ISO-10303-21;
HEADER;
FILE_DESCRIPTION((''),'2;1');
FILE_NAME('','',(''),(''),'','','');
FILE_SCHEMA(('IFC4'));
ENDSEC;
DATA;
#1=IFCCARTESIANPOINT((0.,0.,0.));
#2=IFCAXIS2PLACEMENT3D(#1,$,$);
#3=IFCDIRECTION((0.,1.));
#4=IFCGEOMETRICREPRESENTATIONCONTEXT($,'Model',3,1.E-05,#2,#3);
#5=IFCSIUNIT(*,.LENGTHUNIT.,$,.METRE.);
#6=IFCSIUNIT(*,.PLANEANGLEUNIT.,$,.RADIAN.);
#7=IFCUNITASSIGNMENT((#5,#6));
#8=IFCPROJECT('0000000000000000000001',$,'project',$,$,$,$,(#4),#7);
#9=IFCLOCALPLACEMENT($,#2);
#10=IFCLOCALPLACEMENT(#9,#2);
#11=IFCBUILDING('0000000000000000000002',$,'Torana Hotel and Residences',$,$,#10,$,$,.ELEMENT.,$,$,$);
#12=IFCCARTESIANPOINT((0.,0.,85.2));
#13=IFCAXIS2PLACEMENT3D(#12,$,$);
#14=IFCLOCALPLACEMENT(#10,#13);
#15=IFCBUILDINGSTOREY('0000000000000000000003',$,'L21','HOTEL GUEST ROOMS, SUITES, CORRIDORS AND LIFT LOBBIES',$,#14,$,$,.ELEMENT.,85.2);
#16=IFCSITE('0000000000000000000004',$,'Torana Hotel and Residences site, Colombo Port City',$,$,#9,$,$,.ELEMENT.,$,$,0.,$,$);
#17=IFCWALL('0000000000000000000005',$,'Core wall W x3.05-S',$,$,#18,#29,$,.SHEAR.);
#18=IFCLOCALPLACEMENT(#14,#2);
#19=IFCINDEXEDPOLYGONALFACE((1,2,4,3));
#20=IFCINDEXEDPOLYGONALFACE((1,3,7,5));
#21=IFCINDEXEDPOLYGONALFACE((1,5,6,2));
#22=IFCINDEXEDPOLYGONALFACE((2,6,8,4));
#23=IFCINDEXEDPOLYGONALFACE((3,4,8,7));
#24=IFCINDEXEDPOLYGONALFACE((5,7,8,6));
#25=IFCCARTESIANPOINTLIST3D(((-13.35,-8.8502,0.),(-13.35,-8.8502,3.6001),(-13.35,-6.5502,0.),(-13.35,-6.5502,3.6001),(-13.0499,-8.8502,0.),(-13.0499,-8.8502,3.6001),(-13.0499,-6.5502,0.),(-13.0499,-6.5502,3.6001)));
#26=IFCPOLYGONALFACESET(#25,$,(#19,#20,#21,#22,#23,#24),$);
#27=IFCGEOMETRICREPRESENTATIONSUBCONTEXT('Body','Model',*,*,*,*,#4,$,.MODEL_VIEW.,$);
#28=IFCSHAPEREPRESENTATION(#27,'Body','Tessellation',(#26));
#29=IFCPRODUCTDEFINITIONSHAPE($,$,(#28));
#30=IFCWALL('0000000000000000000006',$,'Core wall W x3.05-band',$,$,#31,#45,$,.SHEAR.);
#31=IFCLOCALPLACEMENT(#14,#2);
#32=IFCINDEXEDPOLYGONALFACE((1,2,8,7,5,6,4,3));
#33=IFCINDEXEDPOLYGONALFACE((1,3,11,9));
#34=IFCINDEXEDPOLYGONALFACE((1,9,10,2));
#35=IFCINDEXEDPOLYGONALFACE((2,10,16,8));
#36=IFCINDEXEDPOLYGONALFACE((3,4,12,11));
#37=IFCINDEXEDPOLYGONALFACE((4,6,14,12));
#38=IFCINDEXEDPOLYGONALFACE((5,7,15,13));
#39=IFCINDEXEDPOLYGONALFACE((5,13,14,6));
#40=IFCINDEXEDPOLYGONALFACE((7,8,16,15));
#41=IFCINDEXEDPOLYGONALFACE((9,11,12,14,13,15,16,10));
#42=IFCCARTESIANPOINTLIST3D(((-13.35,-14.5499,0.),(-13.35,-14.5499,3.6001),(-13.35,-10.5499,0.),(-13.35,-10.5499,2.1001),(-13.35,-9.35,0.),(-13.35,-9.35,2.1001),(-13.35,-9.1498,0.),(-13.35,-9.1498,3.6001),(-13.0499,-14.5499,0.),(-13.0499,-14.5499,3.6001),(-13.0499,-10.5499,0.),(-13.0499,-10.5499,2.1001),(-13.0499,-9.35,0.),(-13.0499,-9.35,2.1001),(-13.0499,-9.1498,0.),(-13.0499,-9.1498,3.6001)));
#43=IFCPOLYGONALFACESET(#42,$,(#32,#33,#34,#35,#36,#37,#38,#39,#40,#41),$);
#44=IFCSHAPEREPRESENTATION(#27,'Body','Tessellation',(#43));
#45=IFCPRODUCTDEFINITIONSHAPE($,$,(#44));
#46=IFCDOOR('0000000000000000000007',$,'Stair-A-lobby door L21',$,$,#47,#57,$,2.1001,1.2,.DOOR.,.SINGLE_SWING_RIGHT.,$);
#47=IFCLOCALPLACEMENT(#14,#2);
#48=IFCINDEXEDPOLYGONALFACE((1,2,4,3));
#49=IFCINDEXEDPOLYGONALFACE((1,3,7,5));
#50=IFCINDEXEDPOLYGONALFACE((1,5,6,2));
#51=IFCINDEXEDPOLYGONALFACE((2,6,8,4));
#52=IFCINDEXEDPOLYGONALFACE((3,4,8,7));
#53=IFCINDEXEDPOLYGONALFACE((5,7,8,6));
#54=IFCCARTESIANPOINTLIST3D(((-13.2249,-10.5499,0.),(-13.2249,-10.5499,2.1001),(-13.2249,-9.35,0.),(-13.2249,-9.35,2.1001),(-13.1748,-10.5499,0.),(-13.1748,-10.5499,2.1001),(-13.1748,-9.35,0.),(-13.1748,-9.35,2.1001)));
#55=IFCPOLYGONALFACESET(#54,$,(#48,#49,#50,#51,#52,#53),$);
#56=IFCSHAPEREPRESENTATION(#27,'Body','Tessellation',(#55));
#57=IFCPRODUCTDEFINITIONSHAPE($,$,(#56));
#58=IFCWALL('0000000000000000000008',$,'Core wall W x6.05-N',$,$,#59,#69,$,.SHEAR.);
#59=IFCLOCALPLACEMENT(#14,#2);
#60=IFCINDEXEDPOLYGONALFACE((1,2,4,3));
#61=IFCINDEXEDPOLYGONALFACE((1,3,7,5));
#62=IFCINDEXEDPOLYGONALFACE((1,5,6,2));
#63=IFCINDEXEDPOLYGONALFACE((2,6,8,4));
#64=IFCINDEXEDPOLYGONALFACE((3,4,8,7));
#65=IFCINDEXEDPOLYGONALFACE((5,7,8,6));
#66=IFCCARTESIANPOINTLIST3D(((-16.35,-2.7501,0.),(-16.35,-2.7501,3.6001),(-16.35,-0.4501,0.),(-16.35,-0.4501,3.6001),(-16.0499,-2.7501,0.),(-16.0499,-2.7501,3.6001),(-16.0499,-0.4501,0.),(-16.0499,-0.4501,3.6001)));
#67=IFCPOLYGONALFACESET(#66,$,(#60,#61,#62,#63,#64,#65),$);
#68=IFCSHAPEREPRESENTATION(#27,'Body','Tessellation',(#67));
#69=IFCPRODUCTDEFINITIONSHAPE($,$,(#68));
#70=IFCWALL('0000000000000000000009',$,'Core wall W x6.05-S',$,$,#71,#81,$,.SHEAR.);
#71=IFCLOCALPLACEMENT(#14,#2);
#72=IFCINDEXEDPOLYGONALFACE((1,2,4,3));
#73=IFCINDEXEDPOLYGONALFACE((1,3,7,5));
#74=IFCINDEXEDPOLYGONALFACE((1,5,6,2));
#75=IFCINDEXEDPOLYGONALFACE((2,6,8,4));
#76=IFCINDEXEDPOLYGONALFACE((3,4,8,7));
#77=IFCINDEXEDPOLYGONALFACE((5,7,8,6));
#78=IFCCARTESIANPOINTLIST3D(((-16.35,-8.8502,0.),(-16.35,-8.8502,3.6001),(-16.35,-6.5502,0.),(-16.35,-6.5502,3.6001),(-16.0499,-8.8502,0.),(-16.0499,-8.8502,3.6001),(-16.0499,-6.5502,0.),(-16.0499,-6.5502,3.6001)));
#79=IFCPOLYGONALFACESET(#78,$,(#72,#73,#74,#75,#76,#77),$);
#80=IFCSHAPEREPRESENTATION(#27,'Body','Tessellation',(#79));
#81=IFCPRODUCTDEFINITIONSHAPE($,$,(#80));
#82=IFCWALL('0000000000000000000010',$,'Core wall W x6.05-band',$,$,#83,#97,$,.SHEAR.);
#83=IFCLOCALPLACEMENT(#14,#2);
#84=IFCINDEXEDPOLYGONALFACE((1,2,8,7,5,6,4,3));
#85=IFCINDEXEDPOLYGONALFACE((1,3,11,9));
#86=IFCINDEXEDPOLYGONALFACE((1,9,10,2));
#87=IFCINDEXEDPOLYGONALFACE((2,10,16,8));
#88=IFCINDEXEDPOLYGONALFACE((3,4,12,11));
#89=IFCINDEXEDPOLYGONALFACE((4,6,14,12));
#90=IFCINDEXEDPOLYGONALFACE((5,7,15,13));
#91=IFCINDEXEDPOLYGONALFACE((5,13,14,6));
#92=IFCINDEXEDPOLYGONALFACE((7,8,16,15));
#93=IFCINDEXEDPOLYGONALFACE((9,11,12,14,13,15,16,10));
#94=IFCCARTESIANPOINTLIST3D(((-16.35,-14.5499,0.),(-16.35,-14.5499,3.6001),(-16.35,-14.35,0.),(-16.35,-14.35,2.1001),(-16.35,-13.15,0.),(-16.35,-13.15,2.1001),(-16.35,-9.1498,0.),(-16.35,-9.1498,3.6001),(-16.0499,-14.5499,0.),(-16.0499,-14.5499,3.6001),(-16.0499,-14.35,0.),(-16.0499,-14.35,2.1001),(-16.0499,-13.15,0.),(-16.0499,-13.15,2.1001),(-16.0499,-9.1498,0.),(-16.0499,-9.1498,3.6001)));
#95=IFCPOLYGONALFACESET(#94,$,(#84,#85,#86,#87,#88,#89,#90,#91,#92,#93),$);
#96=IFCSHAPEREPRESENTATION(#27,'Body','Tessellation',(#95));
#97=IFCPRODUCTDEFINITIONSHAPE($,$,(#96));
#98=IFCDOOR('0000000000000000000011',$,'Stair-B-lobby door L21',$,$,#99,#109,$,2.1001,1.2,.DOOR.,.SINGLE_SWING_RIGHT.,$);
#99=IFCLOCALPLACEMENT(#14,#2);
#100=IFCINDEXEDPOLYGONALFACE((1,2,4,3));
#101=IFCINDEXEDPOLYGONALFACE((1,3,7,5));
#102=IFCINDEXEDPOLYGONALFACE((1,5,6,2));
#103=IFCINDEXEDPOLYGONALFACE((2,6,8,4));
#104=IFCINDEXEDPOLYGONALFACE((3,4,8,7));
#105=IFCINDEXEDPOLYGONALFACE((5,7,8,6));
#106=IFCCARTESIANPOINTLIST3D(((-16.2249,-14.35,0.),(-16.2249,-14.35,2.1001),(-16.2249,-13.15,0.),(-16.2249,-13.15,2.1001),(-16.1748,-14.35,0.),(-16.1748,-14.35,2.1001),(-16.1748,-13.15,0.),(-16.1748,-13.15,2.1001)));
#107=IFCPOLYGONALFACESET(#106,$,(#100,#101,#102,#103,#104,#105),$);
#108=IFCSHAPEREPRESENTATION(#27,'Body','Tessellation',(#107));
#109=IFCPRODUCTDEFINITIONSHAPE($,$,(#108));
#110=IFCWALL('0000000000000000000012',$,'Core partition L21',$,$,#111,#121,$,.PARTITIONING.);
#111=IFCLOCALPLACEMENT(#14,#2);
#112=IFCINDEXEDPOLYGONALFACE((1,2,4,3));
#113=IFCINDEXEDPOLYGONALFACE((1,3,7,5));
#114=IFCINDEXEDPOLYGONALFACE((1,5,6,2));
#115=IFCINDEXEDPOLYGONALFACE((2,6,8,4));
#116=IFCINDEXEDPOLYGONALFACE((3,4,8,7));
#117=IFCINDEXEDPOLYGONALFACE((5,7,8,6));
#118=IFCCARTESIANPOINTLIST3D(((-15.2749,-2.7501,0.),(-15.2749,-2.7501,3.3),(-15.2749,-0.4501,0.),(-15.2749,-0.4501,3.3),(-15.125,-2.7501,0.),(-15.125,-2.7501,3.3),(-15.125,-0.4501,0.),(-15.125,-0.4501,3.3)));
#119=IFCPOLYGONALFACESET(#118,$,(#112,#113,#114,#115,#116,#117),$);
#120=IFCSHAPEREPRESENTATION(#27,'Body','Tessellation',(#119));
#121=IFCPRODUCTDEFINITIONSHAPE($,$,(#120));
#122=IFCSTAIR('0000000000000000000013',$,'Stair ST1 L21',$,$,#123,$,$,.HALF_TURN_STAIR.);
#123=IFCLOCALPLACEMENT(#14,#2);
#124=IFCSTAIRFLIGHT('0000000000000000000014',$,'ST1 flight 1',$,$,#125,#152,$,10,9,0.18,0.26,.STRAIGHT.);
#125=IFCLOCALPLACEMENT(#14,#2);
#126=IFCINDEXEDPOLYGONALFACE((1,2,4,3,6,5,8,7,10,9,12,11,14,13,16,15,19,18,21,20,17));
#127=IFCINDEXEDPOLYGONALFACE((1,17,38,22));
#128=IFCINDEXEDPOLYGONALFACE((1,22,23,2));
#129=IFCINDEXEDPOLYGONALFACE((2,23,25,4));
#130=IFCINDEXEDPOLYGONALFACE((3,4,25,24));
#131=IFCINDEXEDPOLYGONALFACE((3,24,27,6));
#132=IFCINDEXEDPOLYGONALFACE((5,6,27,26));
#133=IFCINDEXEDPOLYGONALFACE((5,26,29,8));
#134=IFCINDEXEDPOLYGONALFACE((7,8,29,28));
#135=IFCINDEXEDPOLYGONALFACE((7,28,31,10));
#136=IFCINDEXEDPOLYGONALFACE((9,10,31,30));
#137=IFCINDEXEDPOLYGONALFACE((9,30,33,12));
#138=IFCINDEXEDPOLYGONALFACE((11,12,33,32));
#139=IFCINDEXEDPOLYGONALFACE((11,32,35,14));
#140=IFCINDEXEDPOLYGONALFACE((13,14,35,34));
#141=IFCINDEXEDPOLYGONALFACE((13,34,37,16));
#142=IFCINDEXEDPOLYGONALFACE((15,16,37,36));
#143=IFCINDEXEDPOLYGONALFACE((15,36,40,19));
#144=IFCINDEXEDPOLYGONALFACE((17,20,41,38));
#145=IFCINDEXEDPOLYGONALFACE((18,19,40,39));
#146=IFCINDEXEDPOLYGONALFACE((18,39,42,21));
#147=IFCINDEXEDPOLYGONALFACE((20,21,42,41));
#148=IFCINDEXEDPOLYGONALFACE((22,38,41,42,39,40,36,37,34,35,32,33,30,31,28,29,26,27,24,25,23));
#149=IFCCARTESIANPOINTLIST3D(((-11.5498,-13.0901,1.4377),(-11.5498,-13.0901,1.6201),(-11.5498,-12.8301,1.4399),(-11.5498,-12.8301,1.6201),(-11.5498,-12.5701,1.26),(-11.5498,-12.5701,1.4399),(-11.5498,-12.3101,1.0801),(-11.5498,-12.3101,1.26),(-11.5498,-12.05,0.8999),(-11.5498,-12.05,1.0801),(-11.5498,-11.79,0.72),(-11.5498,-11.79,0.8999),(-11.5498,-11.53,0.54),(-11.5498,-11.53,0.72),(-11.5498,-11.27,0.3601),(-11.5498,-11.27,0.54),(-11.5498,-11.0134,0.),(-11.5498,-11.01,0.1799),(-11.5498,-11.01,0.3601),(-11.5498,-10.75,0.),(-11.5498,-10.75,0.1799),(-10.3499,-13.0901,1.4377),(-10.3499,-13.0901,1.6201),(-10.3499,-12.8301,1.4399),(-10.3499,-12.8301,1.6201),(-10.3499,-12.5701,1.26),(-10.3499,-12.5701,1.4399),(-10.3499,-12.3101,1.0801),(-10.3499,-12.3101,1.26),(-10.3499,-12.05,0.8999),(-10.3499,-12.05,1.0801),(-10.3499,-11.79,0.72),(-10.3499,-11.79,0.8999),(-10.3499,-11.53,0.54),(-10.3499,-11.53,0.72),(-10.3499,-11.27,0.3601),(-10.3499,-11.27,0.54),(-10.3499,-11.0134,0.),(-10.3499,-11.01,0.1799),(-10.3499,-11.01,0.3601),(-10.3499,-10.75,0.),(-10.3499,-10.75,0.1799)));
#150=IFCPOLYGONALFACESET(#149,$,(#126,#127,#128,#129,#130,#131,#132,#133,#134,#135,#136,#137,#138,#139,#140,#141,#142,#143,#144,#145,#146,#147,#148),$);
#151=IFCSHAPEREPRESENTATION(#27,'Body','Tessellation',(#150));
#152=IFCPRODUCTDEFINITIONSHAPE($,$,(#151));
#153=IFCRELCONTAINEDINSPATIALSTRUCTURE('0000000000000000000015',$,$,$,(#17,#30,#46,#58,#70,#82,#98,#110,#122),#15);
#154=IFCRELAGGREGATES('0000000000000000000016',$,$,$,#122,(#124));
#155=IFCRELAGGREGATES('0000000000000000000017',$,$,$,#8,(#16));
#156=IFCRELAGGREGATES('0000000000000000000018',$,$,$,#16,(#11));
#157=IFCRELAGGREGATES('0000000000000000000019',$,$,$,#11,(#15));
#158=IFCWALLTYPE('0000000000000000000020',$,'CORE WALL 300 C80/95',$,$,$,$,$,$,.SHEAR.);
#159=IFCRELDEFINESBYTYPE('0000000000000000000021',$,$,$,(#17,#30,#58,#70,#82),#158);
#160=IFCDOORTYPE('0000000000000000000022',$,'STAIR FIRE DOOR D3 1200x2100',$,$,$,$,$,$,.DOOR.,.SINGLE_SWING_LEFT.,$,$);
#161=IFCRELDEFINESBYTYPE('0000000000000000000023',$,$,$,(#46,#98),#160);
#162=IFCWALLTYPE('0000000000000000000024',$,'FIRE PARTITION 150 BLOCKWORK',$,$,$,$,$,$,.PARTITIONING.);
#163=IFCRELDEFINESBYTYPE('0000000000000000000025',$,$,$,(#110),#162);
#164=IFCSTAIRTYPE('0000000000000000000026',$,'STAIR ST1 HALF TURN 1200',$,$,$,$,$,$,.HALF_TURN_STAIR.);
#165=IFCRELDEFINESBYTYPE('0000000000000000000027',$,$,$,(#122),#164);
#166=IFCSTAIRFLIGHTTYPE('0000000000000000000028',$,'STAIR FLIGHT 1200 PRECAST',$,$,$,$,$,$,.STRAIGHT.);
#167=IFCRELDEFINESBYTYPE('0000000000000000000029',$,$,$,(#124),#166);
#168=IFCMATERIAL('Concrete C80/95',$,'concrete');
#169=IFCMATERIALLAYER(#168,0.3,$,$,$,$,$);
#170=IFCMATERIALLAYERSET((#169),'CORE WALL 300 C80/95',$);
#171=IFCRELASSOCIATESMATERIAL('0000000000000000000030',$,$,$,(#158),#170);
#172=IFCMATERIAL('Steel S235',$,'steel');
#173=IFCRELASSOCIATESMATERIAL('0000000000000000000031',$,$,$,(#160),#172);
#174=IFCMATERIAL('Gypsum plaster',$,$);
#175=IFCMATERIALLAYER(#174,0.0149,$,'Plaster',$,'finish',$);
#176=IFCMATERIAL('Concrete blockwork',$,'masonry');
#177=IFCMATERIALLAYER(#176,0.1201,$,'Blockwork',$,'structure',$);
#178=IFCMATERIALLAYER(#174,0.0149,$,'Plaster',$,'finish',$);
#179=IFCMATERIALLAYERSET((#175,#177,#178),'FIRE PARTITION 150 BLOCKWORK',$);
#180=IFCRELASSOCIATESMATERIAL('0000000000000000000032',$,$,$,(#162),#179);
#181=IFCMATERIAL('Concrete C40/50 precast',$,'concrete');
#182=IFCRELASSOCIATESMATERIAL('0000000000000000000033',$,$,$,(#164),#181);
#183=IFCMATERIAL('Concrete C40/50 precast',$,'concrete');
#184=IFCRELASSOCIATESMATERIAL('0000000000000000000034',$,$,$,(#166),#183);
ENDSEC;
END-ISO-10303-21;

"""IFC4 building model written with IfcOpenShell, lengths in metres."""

from ifc_helpers import new_model, si_unit, direction, frame, frame_2d, origin, place, context, subcontext, project, spatial, polyline, rectangle, outline, extrude, material, layer, layer_set, type_object, element, fill, aggregate, save


model = new_model("IFC4")

# Units and contexts
model_context = context("Model", 3, precision=1e-05, world=origin(), true_north=direction((0.0, 1.0)))
body_context = subcontext(model_context, "Body", "Model", "MODEL_VIEW")
ifc_project = project(units=[si_unit("LENGTHUNIT", "METRE"), si_unit("PLANEANGLEUNIT", "RADIAN")], contexts=[model_context])

# Site, building, storey
site_placement = place(None, origin())
site = spatial("IfcSite", under=ifc_project, at=site_placement, Name="Torana Hotel and Residences site, Colombo Port City", CompositionType="ELEMENT", RefElevation=0.0)
building_placement = place(site_placement, origin())
building = spatial("IfcBuilding", under=site, at=building_placement, Name="Torana Hotel and Residences", CompositionType="ELEMENT")
storey_placement = place(building_placement, frame((0.0, 0.0, 85.2)))
storey = spatial("IfcBuildingStorey", under=building, at=storey_placement, Name="L21", Description="HOTEL GUEST ROOMS, SUITES, CORRIDORS AND LIFT LOBBIES", CompositionType="ELEMENT", Elevation=85.2)

# Wall
ifc_material_1 = material(Name="Concrete C80/95", Category="concrete")
ifc_layer_1 = layer(ifc_material_1, 0.3)
ifc_layer_set_1 = layer_set([ifc_layer_1], Name="CORE WALL 300 C80/95")
wall_type_1 = type_object("IfcWallType", Name="CORE WALL 300 C80/95", PredefinedType="SHEAR", material=ifc_layer_set_1)
for number, where, z_axis, x_axis, name in (
    (1, (-13.2, -8.8501, 0.0), (0.0, 0.0, 1.0), (0.0, 1.0, 0.0), "Core wall W x3.05-S"),
):
    element("IfcWall", number, at=place(storey_placement, frame(where, z_axis=z_axis, x_axis=x_axis)), inside=storey, type_object=wall_type_1, Name=name, PredefinedType="SHEAR", context=body_context, shape_type="SweptSolid", body=[
        extrude(rectangle(XDim=2.3, YDim=0.3, at=frame_2d((1.1499, 0.0))), origin(), (0.0, 0.0, 1.0), 3.6001),
    ])

# Wall, opening, door
wall_1_placement = place(storey_placement, frame((-13.2, -14.55, 0.0), z_axis=(0.0, 0.0, 1.0), x_axis=(0.0, 1.0, 0.0)))
wall_1 = element("IfcWall", 2, at=wall_1_placement, inside=storey, type_object=wall_type_1, Name="Core wall W x3.05-band", PredefinedType="SHEAR", context=body_context, shape_type="SweptSolid", body=[
    extrude(rectangle(XDim=5.4001, YDim=0.3, at=frame_2d((2.7002, 0.0))), origin(), (0.0, 0.0, 1.0), 3.6001),
])
opening_1_placement = place(wall_1_placement, frame((4.0, 0.0, 0.0)))
opening_1 = element("IfcOpeningElement", 3, at=opening_1_placement, cuts=wall_1, PredefinedType="OPENING", context=body_context, shape_type="SweptSolid", body=[
    extrude(rectangle(XDim=1.2, YDim=2.1001, at=frame_2d((0.6001, 1.05))), frame((0.0, 0.1599, 0.0), z_axis=(0.0, -1.0, 0.0), x_axis=(1.0, 0.0, 0.0)), (0.0, 0.0, 1.0), 0.3201),
])
ifc_material_2 = material(Name="Steel S235", Category="steel")
door_type_1 = type_object("IfcDoorType", Name="STAIR FIRE DOOR D3 1200x2100", OperationType="SINGLE_SWING_LEFT", PredefinedType="DOOR", material=ifc_material_2)
door_1_placement = place(opening_1_placement, frame((0.6001, 0.0, 0.0), z_axis=(0.0, 0.0, 1.0), x_axis=(-1.0, 0.0, 0.0)))
door_1 = element("IfcDoor", 4, at=door_1_placement, inside=storey, type_object=door_type_1, Name="Stair-A-lobby door L21", OperationType="SINGLE_SWING_RIGHT", OverallHeight=2.1001, OverallWidth=1.2, PredefinedType="DOOR", context=body_context, shape_type="SweptSolid", body=[
    extrude(rectangle(XDim=1.2, YDim=2.1001, at=frame_2d((0.0, 1.05))), frame((0.0, -0.0249, 0.0), z_axis=(0.0, 1.0, 0.0), x_axis=(-1.0, 0.0, 0.0)), (0.0, 0.0, 1.0), 0.05),
])
fill(opening_1, door_1)

# Walls
for number, where, z_axis, x_axis, name in (
    (5, (-16.2, -2.75, 0.0), (0.0, 0.0, 1.0), (0.0, 1.0, 0.0), "Core wall W x6.05-N"),
    (6, (-16.2, -8.8501, 0.0), (0.0, 0.0, 1.0), (0.0, 1.0, 0.0), "Core wall W x6.05-S"),
):
    element("IfcWall", number, at=place(storey_placement, frame(where, z_axis=z_axis, x_axis=x_axis)), inside=storey, type_object=wall_type_1, Name=name, PredefinedType="SHEAR", context=body_context, shape_type="SweptSolid", body=[
        extrude(rectangle(XDim=2.3, YDim=0.3, at=frame_2d((1.1499, 0.0))), origin(), (0.0, 0.0, 1.0), 3.6001),
    ])

# Wall, opening, door
wall_2_placement = place(storey_placement, frame((-16.2, -14.55, 0.0), z_axis=(0.0, 0.0, 1.0), x_axis=(0.0, 1.0, 0.0)))
wall_2 = element("IfcWall", 7, at=wall_2_placement, inside=storey, type_object=wall_type_1, Name="Core wall W x6.05-band", PredefinedType="SHEAR", context=body_context, shape_type="SweptSolid", body=[
    extrude(rectangle(XDim=5.4001, YDim=0.3, at=frame_2d((2.7002, 0.0))), origin(), (0.0, 0.0, 1.0), 3.6001),
])
opening_2_placement = place(wall_2_placement, frame((0.2, 0.0, 0.0)))
opening_2 = element("IfcOpeningElement", 8, at=opening_2_placement, cuts=wall_2, PredefinedType="OPENING", context=body_context, shape_type="SweptSolid", body=[
    extrude(rectangle(XDim=1.2, YDim=2.1001, at=frame_2d((0.6001, 1.05))), frame((0.0, 0.1599, 0.0), z_axis=(0.0, -1.0, 0.0), x_axis=(1.0, 0.0, 0.0)), (0.0, 0.0, 1.0), 0.3201),
])
door_2_placement = place(opening_2_placement, origin())
door_2 = element("IfcDoor", 9, at=door_2_placement, inside=storey, type_object=door_type_1, Name="Stair-B-lobby door L21", OperationType="SINGLE_SWING_RIGHT", OverallHeight=2.1001, OverallWidth=1.2, PredefinedType="DOOR", context=body_context, shape_type="SweptSolid", body=[
    extrude(rectangle(XDim=1.2, YDim=2.1001, at=frame_2d((0.6001, 1.05))), frame((0.0, 0.0249, 0.0), z_axis=(0.0, -1.0, 0.0), x_axis=(1.0, 0.0, 0.0)), (0.0, 0.0, 1.0), 0.05),
])
fill(opening_2, door_2)

# Wall
ifc_material_3 = material(Name="Gypsum plaster")
ifc_layer_2 = layer(ifc_material_3, 0.0149, Name="Plaster", Category="finish")
ifc_material_4 = material(Name="Concrete blockwork", Category="masonry")
ifc_layer_3 = layer(ifc_material_4, 0.1201, Name="Blockwork", Category="structure")
ifc_layer_4 = layer(ifc_material_3, 0.0149, Name="Plaster", Category="finish")
ifc_layer_set_2 = layer_set([ifc_layer_2, ifc_layer_3, ifc_layer_4], Name="FIRE PARTITION 150 BLOCKWORK")
wall_type_2 = type_object("IfcWallType", Name="FIRE PARTITION 150 BLOCKWORK", PredefinedType="PARTITIONING", material=ifc_layer_set_2)
wall_3_placement = place(storey_placement, frame((-15.2, -2.75, 0.0), z_axis=(0.0, 0.0, 1.0), x_axis=(0.0, 1.0, 0.0)))
element("IfcWall", 10, at=wall_3_placement, inside=storey, type_object=wall_type_2, Name="Core partition L21", PredefinedType="PARTITIONING", context=body_context, shape_type="SweptSolid", body=[
    extrude(rectangle(XDim=2.3, YDim=0.1499, at=frame_2d((1.1499, 0.0))), origin(), (0.0, 0.0, 1.0), 3.3),
])

# Stair, stair flight
ifc_material_5 = material(Name="Concrete C40/50 precast", Category="concrete")
stair_type_1 = type_object("IfcStairType", Name="STAIR ST1 HALF TURN 1200", PredefinedType="HALF_TURN_STAIR", material=ifc_material_5)
stair_1_placement = place(storey_placement, origin())
stair_1 = element("IfcStair", 11, at=stair_1_placement, inside=storey, type_object=stair_type_1, Name="Stair ST1 L21", PredefinedType="HALF_TURN_STAIR")
ifc_material_6 = material(Name="Concrete C40/50 precast", Category="concrete")
stair_flight_type = type_object("IfcStairFlightType", Name="STAIR FLIGHT 1200 PRECAST", PredefinedType="STRAIGHT", material=ifc_material_6)
stair_flight_1_placement = place(storey_placement, frame((-10.95, -10.75, 0.0), z_axis=(0.0, 0.0, 1.0), x_axis=(0.0, -1.0, 0.0)))
stair_flight_1 = element("IfcStairFlight", 12, at=stair_flight_1_placement, type_object=stair_flight_type, Name="ST1 flight 1", NumberOfRisers=10, NumberOfTreads=9, PredefinedType="STRAIGHT", RiserHeight=0.18, TreadLength=0.26, context=body_context, shape_type="SweptSolid", body=[
    extrude(outline(polyline([(0.0, 0.0), (0.0, 0.1799), (0.26, 0.1799), (0.26, 0.3601), (0.52, 0.3601), (0.52, 0.54), (0.78, 0.54), (0.78, 0.72), (1.04, 0.72), (1.04, 0.8999), (1.3, 0.8999), (1.3, 1.0801), (1.5601, 1.0801), (1.5601, 1.26), (1.8201, 1.26), (1.8201, 1.4399), (2.0801, 1.4399), (2.0801, 1.6201), (2.3401, 1.6201), (2.3401, 1.8), (2.3401, 1.4377), (0.2634, 0.0), (0.0, 0.0)])), frame((0.0, 0.6001, 0.0), z_axis=(0.0, -1.0, 0.0), x_axis=(1.0, 0.0, 0.0)), (0.0, 0.0, 1.0), 1.2),
])
aggregate(stair_1, [stair_flight_1])

save(model, "model.ifc")
